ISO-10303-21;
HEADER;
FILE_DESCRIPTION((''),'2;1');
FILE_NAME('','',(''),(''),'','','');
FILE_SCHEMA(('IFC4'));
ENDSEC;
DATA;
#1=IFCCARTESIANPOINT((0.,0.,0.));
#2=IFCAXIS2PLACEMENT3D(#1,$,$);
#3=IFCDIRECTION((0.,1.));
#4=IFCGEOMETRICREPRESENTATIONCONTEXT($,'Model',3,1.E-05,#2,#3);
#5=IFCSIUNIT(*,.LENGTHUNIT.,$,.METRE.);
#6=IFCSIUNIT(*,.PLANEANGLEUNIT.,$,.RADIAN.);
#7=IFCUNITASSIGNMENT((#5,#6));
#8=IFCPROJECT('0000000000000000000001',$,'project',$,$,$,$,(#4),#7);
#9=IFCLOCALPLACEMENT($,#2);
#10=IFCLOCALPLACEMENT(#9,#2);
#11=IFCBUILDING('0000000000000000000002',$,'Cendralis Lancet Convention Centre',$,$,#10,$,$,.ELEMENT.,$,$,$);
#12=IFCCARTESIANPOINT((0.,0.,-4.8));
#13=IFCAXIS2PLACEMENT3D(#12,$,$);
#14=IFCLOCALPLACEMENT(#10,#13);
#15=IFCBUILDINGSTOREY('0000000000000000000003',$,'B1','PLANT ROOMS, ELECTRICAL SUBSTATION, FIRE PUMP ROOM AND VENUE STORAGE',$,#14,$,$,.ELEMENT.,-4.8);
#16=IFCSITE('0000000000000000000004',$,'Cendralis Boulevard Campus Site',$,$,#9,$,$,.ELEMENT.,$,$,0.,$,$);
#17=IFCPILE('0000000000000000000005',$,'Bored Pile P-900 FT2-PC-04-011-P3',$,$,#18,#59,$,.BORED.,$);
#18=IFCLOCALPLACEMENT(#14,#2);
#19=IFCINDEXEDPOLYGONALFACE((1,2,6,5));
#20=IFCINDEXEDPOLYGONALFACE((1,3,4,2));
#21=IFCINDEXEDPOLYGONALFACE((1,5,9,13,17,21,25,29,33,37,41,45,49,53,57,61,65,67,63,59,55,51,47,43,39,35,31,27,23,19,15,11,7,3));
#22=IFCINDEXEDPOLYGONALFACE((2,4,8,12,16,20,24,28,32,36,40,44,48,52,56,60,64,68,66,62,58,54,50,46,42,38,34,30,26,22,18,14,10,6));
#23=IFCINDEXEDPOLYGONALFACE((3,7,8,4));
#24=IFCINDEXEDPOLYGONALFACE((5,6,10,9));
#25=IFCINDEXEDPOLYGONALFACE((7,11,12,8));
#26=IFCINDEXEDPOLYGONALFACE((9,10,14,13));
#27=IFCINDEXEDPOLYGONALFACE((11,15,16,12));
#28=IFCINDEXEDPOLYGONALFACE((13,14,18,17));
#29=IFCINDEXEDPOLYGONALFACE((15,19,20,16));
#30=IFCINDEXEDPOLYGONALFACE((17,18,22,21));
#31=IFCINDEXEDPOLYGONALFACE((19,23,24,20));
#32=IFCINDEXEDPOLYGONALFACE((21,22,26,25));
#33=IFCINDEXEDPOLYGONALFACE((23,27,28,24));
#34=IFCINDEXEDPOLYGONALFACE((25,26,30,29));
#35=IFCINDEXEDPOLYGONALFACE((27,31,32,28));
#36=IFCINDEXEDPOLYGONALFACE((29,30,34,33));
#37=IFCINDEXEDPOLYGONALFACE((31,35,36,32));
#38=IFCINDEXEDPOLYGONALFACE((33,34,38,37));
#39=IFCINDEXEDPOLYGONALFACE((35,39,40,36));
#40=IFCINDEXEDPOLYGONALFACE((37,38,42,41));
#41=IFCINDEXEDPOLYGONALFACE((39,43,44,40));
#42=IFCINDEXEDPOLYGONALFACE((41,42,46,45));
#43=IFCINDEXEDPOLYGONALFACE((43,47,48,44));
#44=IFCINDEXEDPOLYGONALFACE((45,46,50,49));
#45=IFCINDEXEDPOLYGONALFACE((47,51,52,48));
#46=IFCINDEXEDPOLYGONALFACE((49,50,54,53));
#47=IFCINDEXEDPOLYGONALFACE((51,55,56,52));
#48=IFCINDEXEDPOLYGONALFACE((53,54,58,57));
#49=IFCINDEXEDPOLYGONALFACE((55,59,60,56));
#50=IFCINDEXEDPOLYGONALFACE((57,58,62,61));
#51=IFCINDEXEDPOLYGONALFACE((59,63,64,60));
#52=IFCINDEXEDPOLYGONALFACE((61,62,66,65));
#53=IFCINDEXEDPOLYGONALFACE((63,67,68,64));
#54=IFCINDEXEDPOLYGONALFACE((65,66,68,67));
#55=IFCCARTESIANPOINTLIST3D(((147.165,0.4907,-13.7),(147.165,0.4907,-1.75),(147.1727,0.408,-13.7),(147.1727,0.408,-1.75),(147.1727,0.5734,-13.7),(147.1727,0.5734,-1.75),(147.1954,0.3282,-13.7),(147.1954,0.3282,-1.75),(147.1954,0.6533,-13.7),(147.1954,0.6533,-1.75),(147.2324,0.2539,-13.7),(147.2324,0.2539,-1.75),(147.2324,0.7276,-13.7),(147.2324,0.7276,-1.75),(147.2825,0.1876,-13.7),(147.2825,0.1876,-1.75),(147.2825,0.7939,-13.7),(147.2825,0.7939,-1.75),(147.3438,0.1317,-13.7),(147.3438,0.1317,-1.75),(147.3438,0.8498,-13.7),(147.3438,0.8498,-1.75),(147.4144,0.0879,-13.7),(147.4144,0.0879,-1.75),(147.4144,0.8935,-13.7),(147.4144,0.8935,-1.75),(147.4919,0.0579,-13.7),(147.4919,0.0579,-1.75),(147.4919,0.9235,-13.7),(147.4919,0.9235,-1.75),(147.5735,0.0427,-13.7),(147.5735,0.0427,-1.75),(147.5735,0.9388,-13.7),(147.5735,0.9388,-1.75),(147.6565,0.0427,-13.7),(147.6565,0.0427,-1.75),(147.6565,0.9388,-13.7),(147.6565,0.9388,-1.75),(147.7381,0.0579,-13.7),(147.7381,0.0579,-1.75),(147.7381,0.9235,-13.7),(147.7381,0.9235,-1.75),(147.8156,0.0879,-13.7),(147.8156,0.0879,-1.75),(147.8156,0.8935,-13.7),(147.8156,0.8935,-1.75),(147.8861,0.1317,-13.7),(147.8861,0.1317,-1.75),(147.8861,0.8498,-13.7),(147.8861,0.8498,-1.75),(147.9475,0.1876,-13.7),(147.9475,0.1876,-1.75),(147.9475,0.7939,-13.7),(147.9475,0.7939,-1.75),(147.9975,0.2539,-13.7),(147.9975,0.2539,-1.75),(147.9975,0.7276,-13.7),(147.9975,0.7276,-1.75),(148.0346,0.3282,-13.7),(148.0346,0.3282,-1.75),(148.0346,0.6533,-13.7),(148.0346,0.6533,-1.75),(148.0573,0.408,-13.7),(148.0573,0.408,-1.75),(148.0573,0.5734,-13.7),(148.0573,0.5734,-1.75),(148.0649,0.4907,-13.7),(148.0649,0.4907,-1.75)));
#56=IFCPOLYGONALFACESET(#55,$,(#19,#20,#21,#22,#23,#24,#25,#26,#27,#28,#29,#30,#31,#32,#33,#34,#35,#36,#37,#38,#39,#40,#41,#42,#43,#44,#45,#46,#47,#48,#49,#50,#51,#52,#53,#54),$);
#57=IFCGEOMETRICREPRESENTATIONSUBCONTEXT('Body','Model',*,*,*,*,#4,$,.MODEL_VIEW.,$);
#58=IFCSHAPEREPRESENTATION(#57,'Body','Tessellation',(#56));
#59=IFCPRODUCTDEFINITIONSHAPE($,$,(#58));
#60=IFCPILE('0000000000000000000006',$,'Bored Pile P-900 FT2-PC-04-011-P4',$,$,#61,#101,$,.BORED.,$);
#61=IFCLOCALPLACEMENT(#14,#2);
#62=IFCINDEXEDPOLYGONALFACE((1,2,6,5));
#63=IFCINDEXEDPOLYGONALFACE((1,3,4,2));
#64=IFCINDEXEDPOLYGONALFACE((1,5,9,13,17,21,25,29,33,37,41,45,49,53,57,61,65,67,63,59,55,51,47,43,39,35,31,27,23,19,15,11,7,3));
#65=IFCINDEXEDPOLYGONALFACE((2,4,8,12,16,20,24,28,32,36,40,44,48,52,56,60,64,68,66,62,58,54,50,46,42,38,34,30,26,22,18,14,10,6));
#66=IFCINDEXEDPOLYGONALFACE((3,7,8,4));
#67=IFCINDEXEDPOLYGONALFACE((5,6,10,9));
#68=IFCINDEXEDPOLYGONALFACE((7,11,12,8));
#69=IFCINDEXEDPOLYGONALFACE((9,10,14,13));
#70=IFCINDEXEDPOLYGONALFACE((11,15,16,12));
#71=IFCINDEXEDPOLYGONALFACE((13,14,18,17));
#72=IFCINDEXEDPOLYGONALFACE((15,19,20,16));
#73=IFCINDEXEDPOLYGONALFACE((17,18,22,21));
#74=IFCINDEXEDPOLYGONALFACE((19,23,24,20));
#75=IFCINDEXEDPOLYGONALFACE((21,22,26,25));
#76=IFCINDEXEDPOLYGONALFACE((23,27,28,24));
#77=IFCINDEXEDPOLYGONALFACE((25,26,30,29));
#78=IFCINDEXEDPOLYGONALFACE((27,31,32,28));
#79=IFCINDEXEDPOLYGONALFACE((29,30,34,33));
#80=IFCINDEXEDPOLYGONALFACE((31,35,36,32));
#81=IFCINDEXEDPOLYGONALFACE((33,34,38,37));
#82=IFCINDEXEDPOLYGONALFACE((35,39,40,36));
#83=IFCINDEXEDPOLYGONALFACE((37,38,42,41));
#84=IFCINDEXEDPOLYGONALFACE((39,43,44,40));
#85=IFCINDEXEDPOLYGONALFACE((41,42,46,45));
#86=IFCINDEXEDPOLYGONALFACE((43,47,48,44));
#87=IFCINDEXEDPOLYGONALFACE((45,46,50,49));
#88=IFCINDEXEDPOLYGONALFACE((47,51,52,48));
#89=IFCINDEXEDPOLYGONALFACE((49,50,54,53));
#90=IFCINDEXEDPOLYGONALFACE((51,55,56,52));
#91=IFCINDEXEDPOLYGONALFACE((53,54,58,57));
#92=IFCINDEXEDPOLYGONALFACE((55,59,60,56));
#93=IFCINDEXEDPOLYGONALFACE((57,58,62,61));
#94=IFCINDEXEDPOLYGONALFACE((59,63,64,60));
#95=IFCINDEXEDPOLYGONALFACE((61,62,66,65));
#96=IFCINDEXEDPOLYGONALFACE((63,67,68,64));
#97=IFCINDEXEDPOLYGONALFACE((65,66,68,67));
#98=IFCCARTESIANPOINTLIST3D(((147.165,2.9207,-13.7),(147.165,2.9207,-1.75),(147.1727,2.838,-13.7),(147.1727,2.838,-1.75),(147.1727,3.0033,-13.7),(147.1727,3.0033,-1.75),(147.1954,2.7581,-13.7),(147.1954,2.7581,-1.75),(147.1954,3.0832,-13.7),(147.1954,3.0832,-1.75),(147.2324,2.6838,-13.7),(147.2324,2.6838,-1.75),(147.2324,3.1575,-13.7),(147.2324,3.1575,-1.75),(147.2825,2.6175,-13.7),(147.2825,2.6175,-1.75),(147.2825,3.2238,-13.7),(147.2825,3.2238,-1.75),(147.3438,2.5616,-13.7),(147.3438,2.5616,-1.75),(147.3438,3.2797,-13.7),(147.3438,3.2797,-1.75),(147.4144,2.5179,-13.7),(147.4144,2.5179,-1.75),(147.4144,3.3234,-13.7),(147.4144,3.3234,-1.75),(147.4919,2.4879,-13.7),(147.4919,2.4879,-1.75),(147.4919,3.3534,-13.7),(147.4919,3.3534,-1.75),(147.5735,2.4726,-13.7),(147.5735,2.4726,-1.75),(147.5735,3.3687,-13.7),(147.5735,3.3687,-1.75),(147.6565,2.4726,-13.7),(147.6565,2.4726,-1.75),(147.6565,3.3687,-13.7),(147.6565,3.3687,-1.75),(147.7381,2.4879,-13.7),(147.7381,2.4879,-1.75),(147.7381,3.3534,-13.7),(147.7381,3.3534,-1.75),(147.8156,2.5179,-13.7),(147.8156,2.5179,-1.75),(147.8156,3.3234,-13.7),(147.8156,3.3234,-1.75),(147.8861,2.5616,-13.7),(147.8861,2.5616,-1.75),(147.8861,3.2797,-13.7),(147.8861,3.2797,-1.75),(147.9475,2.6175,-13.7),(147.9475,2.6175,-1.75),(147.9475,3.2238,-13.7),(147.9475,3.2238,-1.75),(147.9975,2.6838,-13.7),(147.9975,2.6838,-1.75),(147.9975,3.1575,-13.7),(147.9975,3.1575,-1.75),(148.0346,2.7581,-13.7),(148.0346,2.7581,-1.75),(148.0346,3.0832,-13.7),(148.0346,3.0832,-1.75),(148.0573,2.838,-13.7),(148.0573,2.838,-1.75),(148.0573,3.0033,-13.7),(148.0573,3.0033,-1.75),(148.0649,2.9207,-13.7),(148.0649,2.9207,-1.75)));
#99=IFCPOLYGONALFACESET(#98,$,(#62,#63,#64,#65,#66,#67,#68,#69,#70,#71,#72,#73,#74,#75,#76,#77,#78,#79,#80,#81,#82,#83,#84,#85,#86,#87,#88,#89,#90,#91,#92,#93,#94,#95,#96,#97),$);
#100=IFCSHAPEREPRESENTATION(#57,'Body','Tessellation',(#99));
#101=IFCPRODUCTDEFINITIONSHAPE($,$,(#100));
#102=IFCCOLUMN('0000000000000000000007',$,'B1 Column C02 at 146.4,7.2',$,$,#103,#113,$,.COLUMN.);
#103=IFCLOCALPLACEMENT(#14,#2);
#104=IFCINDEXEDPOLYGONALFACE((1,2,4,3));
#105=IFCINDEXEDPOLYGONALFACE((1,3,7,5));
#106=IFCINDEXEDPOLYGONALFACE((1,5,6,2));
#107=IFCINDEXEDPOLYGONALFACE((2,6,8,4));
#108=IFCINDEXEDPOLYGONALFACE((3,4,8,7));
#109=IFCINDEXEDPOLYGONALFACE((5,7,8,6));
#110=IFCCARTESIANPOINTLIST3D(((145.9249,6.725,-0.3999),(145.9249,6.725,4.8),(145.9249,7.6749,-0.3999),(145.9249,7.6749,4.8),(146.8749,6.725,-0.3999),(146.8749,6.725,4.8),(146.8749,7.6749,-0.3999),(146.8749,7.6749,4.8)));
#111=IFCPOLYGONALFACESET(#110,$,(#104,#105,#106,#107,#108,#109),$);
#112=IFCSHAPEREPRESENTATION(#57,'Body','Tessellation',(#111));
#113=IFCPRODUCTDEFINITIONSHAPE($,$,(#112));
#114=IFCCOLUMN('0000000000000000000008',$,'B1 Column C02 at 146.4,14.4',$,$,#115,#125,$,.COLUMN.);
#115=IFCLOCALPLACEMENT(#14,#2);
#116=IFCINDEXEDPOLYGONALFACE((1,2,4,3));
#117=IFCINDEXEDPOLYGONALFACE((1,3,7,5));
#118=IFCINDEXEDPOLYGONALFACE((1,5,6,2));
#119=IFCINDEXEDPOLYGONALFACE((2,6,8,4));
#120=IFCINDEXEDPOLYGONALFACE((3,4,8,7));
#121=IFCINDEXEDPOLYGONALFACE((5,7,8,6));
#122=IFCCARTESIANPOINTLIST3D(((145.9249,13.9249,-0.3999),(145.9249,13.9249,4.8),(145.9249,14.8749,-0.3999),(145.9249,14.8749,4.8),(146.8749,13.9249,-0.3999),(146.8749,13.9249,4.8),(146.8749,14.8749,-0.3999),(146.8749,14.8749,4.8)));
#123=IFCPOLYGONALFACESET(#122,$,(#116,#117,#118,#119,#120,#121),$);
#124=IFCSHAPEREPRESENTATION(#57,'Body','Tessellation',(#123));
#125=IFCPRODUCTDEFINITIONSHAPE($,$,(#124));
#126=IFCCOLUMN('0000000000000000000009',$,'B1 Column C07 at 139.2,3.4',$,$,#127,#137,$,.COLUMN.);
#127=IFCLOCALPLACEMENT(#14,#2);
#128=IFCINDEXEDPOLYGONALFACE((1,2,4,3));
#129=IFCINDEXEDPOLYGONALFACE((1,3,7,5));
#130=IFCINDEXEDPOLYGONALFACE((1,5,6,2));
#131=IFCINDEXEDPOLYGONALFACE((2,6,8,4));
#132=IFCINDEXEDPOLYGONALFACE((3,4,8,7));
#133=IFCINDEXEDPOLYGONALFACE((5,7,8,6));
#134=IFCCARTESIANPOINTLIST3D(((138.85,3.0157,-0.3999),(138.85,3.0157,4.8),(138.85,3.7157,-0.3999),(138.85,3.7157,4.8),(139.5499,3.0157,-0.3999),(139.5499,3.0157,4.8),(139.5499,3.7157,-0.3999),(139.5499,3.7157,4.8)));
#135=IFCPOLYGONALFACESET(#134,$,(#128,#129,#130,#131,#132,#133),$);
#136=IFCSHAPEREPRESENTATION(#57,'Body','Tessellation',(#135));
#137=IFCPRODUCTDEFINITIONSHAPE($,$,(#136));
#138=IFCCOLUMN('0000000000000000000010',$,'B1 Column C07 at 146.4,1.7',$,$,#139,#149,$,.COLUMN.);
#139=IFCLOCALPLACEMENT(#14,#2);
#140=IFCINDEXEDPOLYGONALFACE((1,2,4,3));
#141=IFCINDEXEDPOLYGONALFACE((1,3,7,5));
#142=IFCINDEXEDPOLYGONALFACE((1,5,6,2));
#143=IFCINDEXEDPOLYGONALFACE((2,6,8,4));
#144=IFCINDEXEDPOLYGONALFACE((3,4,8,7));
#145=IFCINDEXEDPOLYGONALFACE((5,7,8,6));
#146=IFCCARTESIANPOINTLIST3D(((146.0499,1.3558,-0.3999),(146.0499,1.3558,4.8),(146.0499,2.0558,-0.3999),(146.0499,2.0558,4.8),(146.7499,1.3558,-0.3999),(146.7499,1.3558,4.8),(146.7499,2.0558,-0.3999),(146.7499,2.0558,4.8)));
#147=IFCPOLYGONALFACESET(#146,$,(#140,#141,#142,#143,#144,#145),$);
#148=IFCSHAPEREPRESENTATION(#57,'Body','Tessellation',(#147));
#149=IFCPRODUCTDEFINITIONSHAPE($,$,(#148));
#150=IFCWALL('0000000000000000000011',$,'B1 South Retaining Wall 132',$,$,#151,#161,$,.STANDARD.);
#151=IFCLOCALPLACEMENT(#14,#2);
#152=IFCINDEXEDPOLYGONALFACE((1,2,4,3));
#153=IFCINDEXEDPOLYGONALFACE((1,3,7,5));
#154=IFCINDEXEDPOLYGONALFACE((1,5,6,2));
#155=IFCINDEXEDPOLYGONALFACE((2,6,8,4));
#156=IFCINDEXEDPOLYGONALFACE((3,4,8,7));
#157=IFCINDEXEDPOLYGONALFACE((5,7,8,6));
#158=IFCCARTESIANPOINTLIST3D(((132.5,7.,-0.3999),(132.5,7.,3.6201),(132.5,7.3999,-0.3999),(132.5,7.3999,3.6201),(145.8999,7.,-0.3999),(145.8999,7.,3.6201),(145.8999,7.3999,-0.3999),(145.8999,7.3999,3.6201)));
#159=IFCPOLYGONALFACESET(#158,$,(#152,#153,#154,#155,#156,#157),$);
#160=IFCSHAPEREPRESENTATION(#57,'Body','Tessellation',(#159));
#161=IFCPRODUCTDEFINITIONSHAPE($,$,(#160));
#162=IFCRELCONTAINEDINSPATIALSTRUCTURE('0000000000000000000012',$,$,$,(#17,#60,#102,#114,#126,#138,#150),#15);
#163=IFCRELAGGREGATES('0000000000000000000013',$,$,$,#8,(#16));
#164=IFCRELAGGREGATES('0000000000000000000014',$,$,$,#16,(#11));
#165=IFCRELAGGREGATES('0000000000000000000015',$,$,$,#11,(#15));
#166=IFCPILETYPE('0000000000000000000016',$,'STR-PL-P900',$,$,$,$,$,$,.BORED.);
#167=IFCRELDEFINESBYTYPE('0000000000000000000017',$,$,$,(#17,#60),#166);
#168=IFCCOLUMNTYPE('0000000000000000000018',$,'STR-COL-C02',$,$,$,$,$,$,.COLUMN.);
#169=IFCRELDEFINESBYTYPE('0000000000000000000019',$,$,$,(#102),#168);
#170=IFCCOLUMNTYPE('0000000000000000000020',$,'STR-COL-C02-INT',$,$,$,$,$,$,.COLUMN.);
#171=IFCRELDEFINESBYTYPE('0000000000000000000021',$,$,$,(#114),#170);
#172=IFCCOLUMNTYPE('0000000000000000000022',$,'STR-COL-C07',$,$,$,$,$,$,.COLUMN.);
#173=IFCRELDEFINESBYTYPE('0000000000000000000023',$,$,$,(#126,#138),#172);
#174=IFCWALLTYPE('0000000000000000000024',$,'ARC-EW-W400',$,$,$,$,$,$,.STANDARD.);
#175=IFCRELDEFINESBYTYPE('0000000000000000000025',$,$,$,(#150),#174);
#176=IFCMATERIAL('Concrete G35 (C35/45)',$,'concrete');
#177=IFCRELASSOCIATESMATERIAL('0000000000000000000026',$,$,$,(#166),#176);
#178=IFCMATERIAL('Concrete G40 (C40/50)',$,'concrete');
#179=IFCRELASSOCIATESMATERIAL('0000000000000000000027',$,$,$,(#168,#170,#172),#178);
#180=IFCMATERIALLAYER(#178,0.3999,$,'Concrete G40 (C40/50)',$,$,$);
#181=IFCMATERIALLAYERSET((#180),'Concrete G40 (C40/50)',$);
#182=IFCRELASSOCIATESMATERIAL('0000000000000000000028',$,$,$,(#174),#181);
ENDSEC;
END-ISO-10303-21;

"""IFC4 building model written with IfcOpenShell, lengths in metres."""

from ifc_helpers import new_model, si_unit, direction, frame, frame_2d, origin, origin_2d, place, context, subcontext, project, spatial, rectangle, circle, extrude, material, layer, layer_set, material_profile, profile_set, type_object, element, save


model = new_model("IFC4")

# Units and contexts
model_context = context("Model", 3, precision=1e-05, world=origin(), true_north=direction((0.0, 1.0)))
body_context = subcontext(model_context, "Body", "Model", "MODEL_VIEW")
ifc_project = project(units=[si_unit("LENGTHUNIT", "METRE"), si_unit("PLANEANGLEUNIT", "RADIAN")], contexts=[model_context])

# Site, building, storey
site_placement = place(None, origin())
site = spatial("IfcSite", under=ifc_project, at=site_placement, Name="Cendralis Boulevard Campus Site", CompositionType="ELEMENT", RefElevation=0.0)
building_placement = place(site_placement, origin())
building = spatial("IfcBuilding", under=site, at=building_placement, Name="Cendralis Lancet Convention Centre", CompositionType="ELEMENT")
storey_placement = place(building_placement, frame((0.0, 0.0, -4.8)))
storey = spatial("IfcBuildingStorey", under=building, at=storey_placement, Name="B1", Description="PLANT ROOMS, ELECTRICAL SUBSTATION, FIRE PUMP ROOM AND VENUE STORAGE", CompositionType="ELEMENT", Elevation=-4.8)

# Shared definitions
ifc_material_1 = material(Name="Concrete G35 (C35/45)", Category="concrete")

# Piles
ifc_material_profile_1 = material_profile(ifc_material_1, circle(Radius=0.45, at=origin_2d()), Name="BORED PILE D900")
ifc_profile_set_1 = profile_set([ifc_material_profile_1], Name="Concrete G35 (C35/45)")
pile_type_1 = type_object("IfcPileType", Name="STR-PL-P900", PredefinedType="BORED", material=ifc_profile_set_1)
for number, where, z_axis, x_axis, name in (
    (1, (147.615, 0.4907, -1.75), (0.0, 0.0, -1.0), (1.0, 0.0, 0.0), "Bored Pile P-900 FT2-PC-04-011-P3"),
    (2, (147.615, 2.9207, -1.75), (0.0, 0.0, -1.0), (1.0, 0.0, 0.0), "Bored Pile P-900 FT2-PC-04-011-P4"),
):
    element("IfcPile", number, at=place(storey_placement, frame(where, z_axis=z_axis, x_axis=x_axis)), inside=storey, type_object=pile_type_1, Name=name, PredefinedType="BORED", context=body_context, shape_type="SweptSolid", body=[
        extrude(circle(Radius=0.45, at=origin_2d()), origin(), (0.0, 0.0, 1.0), 11.95),
    ])

# Columns
ifc_material_2 = material(Name="Concrete G40 (C40/50)", Category="concrete")
ifc_material_profile_2 = material_profile(ifc_material_2, rectangle(XDim=0.95, YDim=0.95, at=origin_2d()), Name="RC 950x950")
ifc_profile_set_2 = profile_set([ifc_material_profile_2], Name="Concrete G40 (C40/50)")
column_type_1 = type_object("IfcColumnType", Name="STR-COL-C02", PredefinedType="COLUMN", material=ifc_profile_set_2)
column_1_placement = place(storey_placement, frame((146.3999, 7.2, -0.3999), z_axis=(0.0, 0.0, 1.0), x_axis=(1.0, 0.0, 0.0)))
element("IfcColumn", 3, at=column_1_placement, inside=storey, type_object=column_type_1, Name="B1 Column C02 at 146.4,7.2", PredefinedType="COLUMN", context=body_context, shape_type="SweptSolid", body=[
    extrude(rectangle(XDim=0.95, YDim=0.95, at=origin_2d()), origin(), (0.0, 0.0, 1.0), 5.2),
])
ifc_material_profile_3 = material_profile(ifc_material_2, rectangle(XDim=0.95, YDim=0.95, at=origin_2d()), Name="RC 950x950")
ifc_profile_set_3 = profile_set([ifc_material_profile_3], Name="Concrete G40 (C40/50)")
column_type_2 = type_object("IfcColumnType", Name="STR-COL-C02-INT", PredefinedType="COLUMN", material=ifc_profile_set_3)
column_2_placement = place(storey_placement, frame((146.3999, 14.3999, -0.3999), z_axis=(0.0, 0.0, 1.0), x_axis=(1.0, 0.0, 0.0)))
element("IfcColumn", 4, at=column_2_placement, inside=storey, type_object=column_type_2, Name="B1 Column C02 at 146.4,14.4", PredefinedType="COLUMN", context=body_context, shape_type="SweptSolid", body=[
    extrude(rectangle(XDim=0.95, YDim=0.95, at=origin_2d()), origin(), (0.0, 0.0, 1.0), 5.2),
])
ifc_material_profile_4 = material_profile(ifc_material_2, rectangle(XDim=0.7, YDim=0.7, at=origin_2d()), Name="RC 700x700")
ifc_profile_set_4 = profile_set([ifc_material_profile_4], Name="Concrete G40 (C40/50)")
column_type_3 = type_object("IfcColumnType", Name="STR-COL-C07", PredefinedType="COLUMN", material=ifc_profile_set_4)
for number, where, z_axis, x_axis, name in (
    (5, (139.2, 3.3657, -0.3999), (0.0, 0.0, 1.0), (1.0, 0.0, 0.0), "B1 Column C07 at 139.2,3.4"),
    (6, (146.3999, 1.7058, -0.3999), (0.0, 0.0, 1.0), (1.0, 0.0, 0.0), "B1 Column C07 at 146.4,1.7"),
):
    element("IfcColumn", number, at=place(storey_placement, frame(where, z_axis=z_axis, x_axis=x_axis)), inside=storey, type_object=column_type_3, Name=name, PredefinedType="COLUMN", context=body_context, shape_type="SweptSolid", body=[
        extrude(rectangle(XDim=0.7, YDim=0.7, at=origin_2d()), origin(), (0.0, 0.0, 1.0), 5.2),
    ])

# Wall
ifc_layer = layer(ifc_material_2, 0.3999, Name="Concrete G40 (C40/50)")
ifc_layer_set = layer_set([ifc_layer], Name="Concrete G40 (C40/50)")
wall_type = type_object("IfcWallType", Name="ARC-EW-W400", PredefinedType="STANDARD", material=ifc_layer_set)
wall_placement = place(storey_placement, frame((145.8999, 7.2, -0.3999), z_axis=(0.0, 0.0, 1.0), x_axis=(-1.0, 0.0, 0.0)))
element("IfcWall", 7, at=wall_placement, inside=storey, type_object=wall_type, Name="B1 South Retaining Wall 132", PredefinedType="STANDARD", context=body_context, shape_type="SweptSolid", body=[
    extrude(rectangle(XDim=13.3999, YDim=0.3999, at=frame_2d((6.7, 0.0))), origin(), (0.0, 0.0, 1.0), 4.02),
])

save(model, "model.ifc")
